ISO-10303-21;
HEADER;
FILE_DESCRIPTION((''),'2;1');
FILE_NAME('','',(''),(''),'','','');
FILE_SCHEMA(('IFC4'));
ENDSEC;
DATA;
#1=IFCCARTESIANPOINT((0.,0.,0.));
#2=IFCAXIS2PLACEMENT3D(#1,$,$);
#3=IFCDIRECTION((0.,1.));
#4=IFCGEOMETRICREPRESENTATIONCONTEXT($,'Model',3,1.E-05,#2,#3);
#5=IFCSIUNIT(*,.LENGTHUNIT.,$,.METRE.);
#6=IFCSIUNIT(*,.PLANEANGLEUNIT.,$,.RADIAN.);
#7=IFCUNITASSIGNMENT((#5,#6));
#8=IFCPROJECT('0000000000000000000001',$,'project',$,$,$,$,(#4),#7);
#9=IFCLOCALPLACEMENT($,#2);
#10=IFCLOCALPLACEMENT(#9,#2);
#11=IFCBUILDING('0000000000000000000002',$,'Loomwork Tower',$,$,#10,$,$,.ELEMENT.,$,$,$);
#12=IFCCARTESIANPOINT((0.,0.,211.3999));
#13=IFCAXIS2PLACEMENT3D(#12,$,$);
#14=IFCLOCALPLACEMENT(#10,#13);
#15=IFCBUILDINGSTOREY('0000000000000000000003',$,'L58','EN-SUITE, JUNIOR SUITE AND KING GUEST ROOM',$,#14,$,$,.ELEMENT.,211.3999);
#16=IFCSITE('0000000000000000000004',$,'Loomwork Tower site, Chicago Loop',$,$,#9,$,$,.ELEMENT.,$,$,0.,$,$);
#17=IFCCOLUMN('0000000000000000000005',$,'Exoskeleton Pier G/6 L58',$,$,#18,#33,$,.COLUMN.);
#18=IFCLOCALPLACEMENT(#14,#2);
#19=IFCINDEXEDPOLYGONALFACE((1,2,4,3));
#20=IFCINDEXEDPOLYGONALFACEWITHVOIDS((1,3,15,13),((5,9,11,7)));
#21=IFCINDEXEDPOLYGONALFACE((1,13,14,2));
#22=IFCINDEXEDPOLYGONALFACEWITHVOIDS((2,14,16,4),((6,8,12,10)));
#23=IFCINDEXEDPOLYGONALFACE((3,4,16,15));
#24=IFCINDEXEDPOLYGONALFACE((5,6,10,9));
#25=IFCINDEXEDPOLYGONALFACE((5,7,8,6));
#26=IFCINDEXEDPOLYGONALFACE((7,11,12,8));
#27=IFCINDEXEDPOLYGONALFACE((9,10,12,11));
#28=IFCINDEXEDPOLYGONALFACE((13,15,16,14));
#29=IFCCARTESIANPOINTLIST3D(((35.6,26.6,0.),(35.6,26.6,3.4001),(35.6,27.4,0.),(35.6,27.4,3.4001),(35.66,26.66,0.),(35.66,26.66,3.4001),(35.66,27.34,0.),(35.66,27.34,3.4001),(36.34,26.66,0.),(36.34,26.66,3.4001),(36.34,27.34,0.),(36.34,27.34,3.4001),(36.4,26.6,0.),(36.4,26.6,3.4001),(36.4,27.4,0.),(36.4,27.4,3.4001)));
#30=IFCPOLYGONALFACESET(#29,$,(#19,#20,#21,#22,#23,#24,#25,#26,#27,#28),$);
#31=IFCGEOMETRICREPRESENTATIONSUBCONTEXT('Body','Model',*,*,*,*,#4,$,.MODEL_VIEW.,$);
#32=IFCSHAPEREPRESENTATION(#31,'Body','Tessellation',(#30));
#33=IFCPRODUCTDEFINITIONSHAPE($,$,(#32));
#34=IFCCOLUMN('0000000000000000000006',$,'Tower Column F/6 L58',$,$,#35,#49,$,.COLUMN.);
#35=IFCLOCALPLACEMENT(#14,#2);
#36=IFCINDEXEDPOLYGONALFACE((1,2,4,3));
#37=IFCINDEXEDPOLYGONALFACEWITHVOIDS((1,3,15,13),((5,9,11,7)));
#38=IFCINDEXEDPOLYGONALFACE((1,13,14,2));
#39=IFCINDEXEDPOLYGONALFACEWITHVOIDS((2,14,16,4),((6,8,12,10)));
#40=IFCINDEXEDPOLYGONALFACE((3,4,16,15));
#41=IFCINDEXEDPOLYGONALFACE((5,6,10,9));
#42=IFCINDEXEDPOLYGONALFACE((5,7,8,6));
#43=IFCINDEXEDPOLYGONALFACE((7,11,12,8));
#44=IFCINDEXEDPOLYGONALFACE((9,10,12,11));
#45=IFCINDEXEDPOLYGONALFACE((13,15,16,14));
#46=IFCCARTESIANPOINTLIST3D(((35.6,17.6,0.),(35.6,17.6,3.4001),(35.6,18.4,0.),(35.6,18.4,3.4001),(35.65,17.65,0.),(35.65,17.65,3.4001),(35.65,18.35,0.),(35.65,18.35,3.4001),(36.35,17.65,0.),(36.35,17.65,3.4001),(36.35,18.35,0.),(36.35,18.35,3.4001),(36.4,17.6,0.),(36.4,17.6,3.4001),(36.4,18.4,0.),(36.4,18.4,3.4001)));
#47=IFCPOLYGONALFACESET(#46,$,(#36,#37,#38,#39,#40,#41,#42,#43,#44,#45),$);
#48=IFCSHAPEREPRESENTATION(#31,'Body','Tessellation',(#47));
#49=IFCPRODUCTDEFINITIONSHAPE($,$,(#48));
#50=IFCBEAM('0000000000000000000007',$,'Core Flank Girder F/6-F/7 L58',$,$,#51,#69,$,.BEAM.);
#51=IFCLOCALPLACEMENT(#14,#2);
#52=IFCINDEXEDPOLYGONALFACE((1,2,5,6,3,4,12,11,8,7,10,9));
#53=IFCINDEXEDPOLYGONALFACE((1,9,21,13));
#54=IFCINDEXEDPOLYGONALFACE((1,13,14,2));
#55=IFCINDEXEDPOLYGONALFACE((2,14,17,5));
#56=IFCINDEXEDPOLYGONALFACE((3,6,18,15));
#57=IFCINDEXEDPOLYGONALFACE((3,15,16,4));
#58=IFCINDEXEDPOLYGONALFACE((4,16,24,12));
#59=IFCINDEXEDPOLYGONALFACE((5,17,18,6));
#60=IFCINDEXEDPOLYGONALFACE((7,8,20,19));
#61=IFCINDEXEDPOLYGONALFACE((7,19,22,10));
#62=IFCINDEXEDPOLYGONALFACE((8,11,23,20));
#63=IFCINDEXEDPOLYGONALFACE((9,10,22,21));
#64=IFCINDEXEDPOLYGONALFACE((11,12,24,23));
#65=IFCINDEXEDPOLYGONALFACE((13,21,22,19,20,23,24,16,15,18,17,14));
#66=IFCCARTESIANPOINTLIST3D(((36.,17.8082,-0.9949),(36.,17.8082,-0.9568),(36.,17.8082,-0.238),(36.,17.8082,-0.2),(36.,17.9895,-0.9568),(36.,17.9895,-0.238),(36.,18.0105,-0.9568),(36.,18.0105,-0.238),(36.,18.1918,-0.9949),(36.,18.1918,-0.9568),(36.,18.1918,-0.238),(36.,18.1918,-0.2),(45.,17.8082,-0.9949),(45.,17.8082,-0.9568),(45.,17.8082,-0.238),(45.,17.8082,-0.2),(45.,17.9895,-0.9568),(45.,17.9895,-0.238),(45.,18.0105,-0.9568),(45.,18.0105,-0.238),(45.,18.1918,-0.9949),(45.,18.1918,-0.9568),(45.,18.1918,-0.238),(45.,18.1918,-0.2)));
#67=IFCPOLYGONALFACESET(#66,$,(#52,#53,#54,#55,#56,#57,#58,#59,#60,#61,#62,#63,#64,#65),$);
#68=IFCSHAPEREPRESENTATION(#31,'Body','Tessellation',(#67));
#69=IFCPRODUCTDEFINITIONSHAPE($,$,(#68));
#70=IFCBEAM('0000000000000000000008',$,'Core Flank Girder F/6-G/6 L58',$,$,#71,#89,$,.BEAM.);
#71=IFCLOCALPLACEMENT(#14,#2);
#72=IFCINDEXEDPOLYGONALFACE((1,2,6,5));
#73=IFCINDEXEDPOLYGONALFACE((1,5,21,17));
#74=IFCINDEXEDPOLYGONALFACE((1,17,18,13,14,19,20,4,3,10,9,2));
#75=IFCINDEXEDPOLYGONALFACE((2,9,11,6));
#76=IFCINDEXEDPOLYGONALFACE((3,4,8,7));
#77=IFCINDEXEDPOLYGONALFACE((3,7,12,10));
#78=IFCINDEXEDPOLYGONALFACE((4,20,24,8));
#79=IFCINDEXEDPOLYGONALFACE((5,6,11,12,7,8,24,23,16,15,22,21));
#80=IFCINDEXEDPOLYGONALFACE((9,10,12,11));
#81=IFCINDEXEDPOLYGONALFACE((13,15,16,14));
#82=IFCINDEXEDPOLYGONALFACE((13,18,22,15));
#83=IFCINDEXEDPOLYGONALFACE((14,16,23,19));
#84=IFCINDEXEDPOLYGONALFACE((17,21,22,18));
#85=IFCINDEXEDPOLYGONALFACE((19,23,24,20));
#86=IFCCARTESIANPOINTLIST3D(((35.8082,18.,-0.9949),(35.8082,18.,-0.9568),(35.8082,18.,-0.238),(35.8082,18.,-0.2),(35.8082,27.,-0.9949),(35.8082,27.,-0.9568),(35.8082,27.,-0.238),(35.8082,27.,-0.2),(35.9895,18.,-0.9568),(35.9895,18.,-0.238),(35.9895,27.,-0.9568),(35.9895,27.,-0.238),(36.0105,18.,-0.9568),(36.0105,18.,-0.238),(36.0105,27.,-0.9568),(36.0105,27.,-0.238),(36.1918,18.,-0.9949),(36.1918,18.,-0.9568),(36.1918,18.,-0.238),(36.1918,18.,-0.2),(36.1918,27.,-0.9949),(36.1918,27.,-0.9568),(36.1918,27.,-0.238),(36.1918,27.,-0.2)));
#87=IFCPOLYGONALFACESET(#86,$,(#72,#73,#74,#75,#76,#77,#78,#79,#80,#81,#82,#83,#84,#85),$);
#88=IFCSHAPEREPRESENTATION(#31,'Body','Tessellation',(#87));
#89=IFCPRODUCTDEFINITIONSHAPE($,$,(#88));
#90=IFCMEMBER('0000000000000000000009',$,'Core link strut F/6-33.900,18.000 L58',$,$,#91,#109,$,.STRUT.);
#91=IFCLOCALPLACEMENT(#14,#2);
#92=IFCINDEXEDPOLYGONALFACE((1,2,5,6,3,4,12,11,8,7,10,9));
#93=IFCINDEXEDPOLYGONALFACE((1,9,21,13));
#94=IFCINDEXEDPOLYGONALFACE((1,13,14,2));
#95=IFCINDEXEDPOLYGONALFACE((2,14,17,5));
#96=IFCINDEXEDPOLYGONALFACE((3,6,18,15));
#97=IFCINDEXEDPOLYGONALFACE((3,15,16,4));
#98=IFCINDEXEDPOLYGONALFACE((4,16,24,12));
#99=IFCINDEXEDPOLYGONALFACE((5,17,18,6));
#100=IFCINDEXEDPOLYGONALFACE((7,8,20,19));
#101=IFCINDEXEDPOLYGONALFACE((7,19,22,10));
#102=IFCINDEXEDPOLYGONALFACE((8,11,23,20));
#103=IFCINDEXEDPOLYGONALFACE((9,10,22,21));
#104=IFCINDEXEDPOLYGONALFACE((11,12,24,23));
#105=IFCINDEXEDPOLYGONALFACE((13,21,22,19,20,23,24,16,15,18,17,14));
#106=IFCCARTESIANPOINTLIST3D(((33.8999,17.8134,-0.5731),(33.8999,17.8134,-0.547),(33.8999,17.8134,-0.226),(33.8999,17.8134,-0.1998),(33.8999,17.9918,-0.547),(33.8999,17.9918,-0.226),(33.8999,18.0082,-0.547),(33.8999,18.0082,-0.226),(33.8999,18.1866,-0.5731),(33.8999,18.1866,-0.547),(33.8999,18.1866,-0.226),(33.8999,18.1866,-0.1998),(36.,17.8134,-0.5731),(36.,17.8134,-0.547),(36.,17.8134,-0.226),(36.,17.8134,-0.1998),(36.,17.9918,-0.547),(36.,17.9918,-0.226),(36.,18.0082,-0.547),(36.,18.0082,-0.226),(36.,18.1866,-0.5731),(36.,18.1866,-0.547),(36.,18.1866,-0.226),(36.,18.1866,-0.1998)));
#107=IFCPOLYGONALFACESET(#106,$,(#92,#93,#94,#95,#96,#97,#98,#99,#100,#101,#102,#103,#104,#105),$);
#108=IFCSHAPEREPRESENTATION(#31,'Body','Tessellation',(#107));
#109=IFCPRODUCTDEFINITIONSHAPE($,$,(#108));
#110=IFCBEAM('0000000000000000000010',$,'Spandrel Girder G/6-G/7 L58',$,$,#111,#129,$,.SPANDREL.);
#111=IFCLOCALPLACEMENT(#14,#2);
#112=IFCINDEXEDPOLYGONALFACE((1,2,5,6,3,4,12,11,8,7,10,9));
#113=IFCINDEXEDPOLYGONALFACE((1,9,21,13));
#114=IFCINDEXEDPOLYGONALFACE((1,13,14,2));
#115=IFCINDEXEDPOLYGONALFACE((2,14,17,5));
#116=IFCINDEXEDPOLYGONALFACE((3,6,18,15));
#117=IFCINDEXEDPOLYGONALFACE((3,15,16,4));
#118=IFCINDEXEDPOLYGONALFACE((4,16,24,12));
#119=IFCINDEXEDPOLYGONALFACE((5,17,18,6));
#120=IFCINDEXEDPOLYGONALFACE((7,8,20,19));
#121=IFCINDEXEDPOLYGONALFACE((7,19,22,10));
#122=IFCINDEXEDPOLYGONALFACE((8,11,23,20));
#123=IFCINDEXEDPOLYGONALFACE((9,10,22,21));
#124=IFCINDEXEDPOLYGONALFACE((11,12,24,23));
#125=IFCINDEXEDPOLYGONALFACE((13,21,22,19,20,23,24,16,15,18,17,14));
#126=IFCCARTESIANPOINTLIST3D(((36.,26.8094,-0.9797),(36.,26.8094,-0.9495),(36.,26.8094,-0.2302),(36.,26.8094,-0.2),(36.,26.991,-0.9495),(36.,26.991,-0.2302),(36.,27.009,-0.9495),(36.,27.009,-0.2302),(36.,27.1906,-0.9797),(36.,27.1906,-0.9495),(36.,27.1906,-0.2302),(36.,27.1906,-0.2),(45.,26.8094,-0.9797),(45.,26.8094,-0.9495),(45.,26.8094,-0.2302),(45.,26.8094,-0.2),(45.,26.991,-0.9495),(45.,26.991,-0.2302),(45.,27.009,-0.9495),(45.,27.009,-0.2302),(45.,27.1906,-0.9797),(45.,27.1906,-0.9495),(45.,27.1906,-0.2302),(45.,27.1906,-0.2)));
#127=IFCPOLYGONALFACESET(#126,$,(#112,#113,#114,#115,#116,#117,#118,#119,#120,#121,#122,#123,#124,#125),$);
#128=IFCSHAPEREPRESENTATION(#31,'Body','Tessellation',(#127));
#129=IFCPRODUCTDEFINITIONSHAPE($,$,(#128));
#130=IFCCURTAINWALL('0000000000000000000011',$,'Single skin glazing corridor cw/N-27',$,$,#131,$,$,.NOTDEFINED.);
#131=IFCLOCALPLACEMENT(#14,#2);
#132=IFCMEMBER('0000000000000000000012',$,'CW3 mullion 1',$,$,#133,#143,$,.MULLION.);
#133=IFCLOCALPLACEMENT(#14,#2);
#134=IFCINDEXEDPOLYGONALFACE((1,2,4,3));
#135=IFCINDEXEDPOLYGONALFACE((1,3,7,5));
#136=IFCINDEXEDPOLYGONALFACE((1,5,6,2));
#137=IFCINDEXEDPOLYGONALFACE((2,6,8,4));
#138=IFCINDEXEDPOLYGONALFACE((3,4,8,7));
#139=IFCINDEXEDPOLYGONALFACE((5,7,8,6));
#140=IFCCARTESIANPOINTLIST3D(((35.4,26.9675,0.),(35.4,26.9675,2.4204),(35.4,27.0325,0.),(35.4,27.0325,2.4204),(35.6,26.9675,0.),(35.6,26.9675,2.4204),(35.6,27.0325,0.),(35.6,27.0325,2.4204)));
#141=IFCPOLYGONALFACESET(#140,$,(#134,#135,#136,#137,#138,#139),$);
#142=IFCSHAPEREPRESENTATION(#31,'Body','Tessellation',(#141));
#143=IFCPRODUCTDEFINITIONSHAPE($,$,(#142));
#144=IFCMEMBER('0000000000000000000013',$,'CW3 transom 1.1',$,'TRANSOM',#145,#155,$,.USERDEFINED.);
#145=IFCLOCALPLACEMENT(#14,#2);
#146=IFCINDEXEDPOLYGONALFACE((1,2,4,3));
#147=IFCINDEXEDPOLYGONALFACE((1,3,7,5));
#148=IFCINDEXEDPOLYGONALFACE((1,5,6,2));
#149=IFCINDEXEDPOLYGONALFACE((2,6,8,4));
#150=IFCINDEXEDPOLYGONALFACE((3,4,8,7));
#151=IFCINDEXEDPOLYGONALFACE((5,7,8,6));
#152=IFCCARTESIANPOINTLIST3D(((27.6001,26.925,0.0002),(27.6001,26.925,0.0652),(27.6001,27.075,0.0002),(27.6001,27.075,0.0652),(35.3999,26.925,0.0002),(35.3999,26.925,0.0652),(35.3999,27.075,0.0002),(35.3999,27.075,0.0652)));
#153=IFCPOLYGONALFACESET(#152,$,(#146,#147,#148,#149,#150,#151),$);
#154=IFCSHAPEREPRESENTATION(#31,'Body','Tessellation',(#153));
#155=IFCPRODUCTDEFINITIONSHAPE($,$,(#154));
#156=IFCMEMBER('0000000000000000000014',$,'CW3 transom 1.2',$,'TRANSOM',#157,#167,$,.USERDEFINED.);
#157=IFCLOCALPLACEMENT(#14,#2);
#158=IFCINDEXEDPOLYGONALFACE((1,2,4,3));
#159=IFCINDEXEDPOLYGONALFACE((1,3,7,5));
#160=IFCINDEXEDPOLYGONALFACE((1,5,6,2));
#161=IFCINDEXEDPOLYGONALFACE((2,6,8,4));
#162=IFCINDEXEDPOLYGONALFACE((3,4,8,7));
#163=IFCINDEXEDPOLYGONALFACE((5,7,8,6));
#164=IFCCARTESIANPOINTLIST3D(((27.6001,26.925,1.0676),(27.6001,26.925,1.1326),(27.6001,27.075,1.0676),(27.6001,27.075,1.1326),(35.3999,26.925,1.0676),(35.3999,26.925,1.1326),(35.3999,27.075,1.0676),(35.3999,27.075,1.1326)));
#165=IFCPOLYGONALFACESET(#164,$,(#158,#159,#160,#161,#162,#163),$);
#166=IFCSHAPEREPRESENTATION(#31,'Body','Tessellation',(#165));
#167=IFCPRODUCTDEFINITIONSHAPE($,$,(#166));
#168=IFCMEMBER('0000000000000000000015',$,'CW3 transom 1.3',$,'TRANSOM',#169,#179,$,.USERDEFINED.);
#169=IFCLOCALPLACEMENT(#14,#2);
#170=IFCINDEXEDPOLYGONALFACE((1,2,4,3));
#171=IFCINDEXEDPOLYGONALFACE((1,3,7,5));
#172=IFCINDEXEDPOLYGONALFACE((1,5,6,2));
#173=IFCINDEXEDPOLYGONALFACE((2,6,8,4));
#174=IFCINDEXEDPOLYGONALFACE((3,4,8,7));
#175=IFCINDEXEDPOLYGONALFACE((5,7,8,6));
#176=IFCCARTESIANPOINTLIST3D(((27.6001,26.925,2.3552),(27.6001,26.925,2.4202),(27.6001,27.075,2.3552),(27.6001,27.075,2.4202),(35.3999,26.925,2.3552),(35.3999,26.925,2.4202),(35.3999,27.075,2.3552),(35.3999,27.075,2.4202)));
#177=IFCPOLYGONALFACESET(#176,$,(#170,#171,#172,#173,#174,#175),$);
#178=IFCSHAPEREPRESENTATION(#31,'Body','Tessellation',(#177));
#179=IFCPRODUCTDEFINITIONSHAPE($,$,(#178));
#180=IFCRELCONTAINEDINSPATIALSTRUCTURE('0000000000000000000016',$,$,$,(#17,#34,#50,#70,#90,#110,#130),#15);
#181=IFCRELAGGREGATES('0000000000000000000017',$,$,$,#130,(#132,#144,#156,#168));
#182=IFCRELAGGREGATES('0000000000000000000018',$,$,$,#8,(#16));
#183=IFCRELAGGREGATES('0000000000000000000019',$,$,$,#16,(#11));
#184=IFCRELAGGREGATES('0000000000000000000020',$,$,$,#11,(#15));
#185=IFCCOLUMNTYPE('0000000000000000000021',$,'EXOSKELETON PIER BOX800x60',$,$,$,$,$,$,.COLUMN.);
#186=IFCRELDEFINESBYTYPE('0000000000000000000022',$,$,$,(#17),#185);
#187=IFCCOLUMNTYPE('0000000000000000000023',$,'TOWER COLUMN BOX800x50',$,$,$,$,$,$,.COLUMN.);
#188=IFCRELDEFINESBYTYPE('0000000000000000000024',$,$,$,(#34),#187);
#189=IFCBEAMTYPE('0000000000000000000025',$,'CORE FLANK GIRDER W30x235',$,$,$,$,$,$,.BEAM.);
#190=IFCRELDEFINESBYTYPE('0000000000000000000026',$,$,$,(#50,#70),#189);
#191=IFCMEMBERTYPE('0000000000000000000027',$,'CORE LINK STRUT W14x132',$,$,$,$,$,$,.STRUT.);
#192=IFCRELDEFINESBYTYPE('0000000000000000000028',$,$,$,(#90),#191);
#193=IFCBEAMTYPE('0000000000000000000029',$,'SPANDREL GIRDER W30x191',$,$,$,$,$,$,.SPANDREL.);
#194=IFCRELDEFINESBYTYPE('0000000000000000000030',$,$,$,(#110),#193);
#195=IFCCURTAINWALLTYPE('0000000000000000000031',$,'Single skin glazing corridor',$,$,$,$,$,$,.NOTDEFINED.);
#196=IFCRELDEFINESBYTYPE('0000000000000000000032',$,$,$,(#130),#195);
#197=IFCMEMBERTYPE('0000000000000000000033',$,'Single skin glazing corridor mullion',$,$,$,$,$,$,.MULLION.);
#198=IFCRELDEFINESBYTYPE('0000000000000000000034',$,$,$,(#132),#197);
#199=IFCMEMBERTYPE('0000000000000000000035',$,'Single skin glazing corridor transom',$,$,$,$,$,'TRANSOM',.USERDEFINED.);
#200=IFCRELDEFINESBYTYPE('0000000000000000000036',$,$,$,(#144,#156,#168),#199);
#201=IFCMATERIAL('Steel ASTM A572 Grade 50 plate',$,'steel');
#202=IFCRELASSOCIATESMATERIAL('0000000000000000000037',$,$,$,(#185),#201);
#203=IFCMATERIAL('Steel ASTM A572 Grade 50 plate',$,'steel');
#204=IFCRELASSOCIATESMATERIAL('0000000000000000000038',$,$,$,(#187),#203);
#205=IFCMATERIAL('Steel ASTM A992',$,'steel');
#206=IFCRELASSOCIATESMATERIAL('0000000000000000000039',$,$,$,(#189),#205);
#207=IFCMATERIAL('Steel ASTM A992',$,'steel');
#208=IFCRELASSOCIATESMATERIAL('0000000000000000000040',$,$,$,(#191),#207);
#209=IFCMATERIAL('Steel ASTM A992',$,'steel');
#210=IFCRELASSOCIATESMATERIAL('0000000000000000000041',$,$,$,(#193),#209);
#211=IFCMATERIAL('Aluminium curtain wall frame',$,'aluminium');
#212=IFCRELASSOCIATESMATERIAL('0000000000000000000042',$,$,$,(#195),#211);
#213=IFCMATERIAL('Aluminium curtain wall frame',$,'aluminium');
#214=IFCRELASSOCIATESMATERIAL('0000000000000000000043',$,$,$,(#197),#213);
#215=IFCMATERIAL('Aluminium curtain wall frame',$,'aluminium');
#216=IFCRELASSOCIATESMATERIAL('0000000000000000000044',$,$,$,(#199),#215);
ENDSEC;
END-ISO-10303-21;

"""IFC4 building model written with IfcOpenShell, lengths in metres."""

from ifc_helpers import new_model, si_unit, direction, frame, origin, origin_2d, place, context, subcontext, project, spatial, rectangle, hollow_rectangle, i_section, extrude, material, material_profile, profile_set, type_object, element, aggregate, save


model = new_model("IFC4")

# Units and contexts
model_context = context("Model", 3, precision=1e-05, world=origin(), true_north=direction((0.0, 1.0)))
body_context = subcontext(model_context, "Body", "Model", "MODEL_VIEW")
ifc_project = project(units=[si_unit("LENGTHUNIT", "METRE"), si_unit("PLANEANGLEUNIT", "RADIAN")], contexts=[model_context])

# Site, building, storey
site_placement = place(None, origin())
site = spatial("IfcSite", under=ifc_project, at=site_placement, Name="Loomwork Tower site, Chicago Loop", CompositionType="ELEMENT", RefElevation=0.0)
building_placement = place(site_placement, origin())
building = spatial("IfcBuilding", under=site, at=building_placement, Name="Loomwork Tower", CompositionType="ELEMENT")
storey_placement = place(building_placement, frame((0.0, 0.0, 211.3999)))
storey = spatial("IfcBuildingStorey", under=building, at=storey_placement, Name="L58", Description="EN-SUITE, JUNIOR SUITE AND KING GUEST ROOM", CompositionType="ELEMENT", Elevation=211.3999)

# Columns
ifc_material_1 = material(Name="Steel ASTM A572 Grade 50 plate", Category="steel")
ifc_material_profile_1 = material_profile(ifc_material_1, hollow_rectangle(XDim=0.8, YDim=0.8, WallThickness=0.0601, at=origin_2d()), Name="BOX800x60")
ifc_profile_set_1 = profile_set([ifc_material_profile_1], Name="Steel ASTM A572 Grade 50 plate")
column_type_1 = type_object("IfcColumnType", Name="EXOSKELETON PIER BOX800x60", PredefinedType="COLUMN", material=ifc_profile_set_1)
column_1_placement = place(storey_placement, frame((36.0, 27.0, 0.0), z_axis=(0.0, 0.0, 1.0), x_axis=(1.0, 0.0, 0.0)))
element("IfcColumn", 1, at=column_1_placement, inside=storey, type_object=column_type_1, Name="Exoskeleton Pier G/6 L58", PredefinedType="COLUMN", context=body_context, shape_type="SweptSolid", body=[
    extrude(hollow_rectangle(XDim=0.8, YDim=0.8, WallThickness=0.0601, at=origin_2d()), origin(), (0.0, 0.0, 1.0), 3.4001),
])
ifc_material_2 = material(Name="Steel ASTM A572 Grade 50 plate", Category="steel")
ifc_material_profile_2 = material_profile(ifc_material_2, hollow_rectangle(XDim=0.8, YDim=0.8, WallThickness=0.05, at=origin_2d()), Name="BOX800x50")
ifc_profile_set_2 = profile_set([ifc_material_profile_2], Name="Steel ASTM A572 Grade 50 plate")
column_type_2 = type_object("IfcColumnType", Name="TOWER COLUMN BOX800x50", PredefinedType="COLUMN", material=ifc_profile_set_2)
column_2_placement = place(storey_placement, frame((36.0, 18.0, 0.0), z_axis=(0.0, 0.0, 1.0), x_axis=(0.0, 1.0, 0.0)))
element("IfcColumn", 2, at=column_2_placement, inside=storey, type_object=column_type_2, Name="Tower Column F/6 L58", PredefinedType="COLUMN", context=body_context, shape_type="SweptSolid", body=[
    extrude(hollow_rectangle(XDim=0.8, YDim=0.8, WallThickness=0.05, at=origin_2d()), origin(), (0.0, 0.0, 1.0), 3.4001),
])

# Beams
ifc_material_3 = material(Name="Steel ASTM A992", Category="steel")
ifc_material_profile_3 = material_profile(ifc_material_3, i_section(OverallWidth=0.3835, OverallDepth=0.7949, WebThickness=0.021, FlangeThickness=0.0381, at=origin_2d()), Name="W30x235")
ifc_profile_set_3 = profile_set([ifc_material_profile_3], Name="Steel ASTM A992")
beam_type_1 = type_object("IfcBeamType", Name="CORE FLANK GIRDER W30x235", PredefinedType="BEAM", material=ifc_profile_set_3)
for number, where, z_axis, x_axis, name in (
    (3, (36.0, 18.0, -0.5974), (1.0, 0.0, 0.0), (0.0, 1.0, 0.0), "Core Flank Girder F/6-F/7 L58"),
    (4, (36.0, 18.0, -0.5974), (0.0, 1.0, 0.0), (-1.0, 0.0, 0.0), "Core Flank Girder F/6-G/6 L58"),
):
    element("IfcBeam", number, at=place(storey_placement, frame(where, z_axis=z_axis, x_axis=x_axis)), inside=storey, type_object=beam_type_1, Name=name, PredefinedType="BEAM", context=body_context, shape_type="SweptSolid", body=[
        extrude(i_section(OverallWidth=0.3835, OverallDepth=0.7949, WebThickness=0.021, FlangeThickness=0.0381, at=origin_2d()), origin(), (0.0, 0.0, 1.0), 9.0),
    ])

# Member
ifc_material_4 = material(Name="Steel ASTM A992", Category="steel")
ifc_material_profile_4 = material_profile(ifc_material_4, i_section(OverallWidth=0.3733, OverallDepth=0.3733, WebThickness=0.0164, FlangeThickness=0.0261, at=origin_2d()), Name="W14x132")
ifc_profile_set_4 = profile_set([ifc_material_profile_4], Name="Steel ASTM A992")
member_type_1 = type_object("IfcMemberType", Name="CORE LINK STRUT W14x132", PredefinedType="STRUT", material=ifc_profile_set_4)
member_1_placement = place(storey_placement, frame((36.0, 18.0, -0.3865), z_axis=(-1.0, 0.0, 0.0), x_axis=(0.0, -1.0, 0.0)))
element("IfcMember", 5, at=member_1_placement, inside=storey, type_object=member_type_1, Name="Core link strut F/6-33.900,18.000 L58", PredefinedType="STRUT", context=body_context, shape_type="SweptSolid", body=[
    extrude(i_section(OverallWidth=0.3733, OverallDepth=0.3733, WebThickness=0.0164, FlangeThickness=0.0261, at=origin_2d()), origin(), (0.0, 0.0, 1.0), 2.1001),
])

# Beam
ifc_material_5 = material(Name="Steel ASTM A992", Category="steel")
ifc_material_profile_5 = material_profile(ifc_material_5, i_section(OverallWidth=0.3811, OverallDepth=0.7798, WebThickness=0.0181, FlangeThickness=0.0303, at=origin_2d()), Name="W30x191")
ifc_profile_set_5 = profile_set([ifc_material_profile_5], Name="Steel ASTM A992")
beam_type_2 = type_object("IfcBeamType", Name="SPANDREL GIRDER W30x191", PredefinedType="SPANDREL", material=ifc_profile_set_5)
beam_placement = place(storey_placement, frame((36.0, 27.0, -0.5898), z_axis=(1.0, 0.0, 0.0), x_axis=(0.0, 1.0, 0.0)))
element("IfcBeam", 6, at=beam_placement, inside=storey, type_object=beam_type_2, Name="Spandrel Girder G/6-G/7 L58", PredefinedType="SPANDREL", context=body_context, shape_type="SweptSolid", body=[
    extrude(i_section(OverallWidth=0.3811, OverallDepth=0.7798, WebThickness=0.0181, FlangeThickness=0.0303, at=origin_2d()), origin(), (0.0, 0.0, 1.0), 9.0),
])

# Curtain wall, members
ifc_material_6 = material(Name="Aluminium curtain wall frame", Category="aluminium")
curtain_wall_type = type_object("IfcCurtainWallType", Name="Single skin glazing corridor", PredefinedType="NOTDEFINED", material=ifc_material_6)
curtain_wall_placement = place(storey_placement, origin())
curtain_wall = element("IfcCurtainWall", 7, at=curtain_wall_placement, inside=storey, type_object=curtain_wall_type, Name="Single skin glazing corridor cw/N-27", PredefinedType="NOTDEFINED")
ifc_material_7 = material(Name="Aluminium curtain wall frame", Category="aluminium")
ifc_material_profile_6 = material_profile(ifc_material_7, rectangle(XDim=0.0649, YDim=0.2, at=origin_2d()), Name="AL 65x200")
ifc_profile_set_6 = profile_set([ifc_material_profile_6], Name="Aluminium curtain wall frame")
member_type_2 = type_object("IfcMemberType", Name="Single skin glazing corridor mullion", PredefinedType="MULLION", material=ifc_profile_set_6)
member_2_placement = place(storey_placement, frame((35.5, 27.0, 0.0), z_axis=(0.0, 0.0, 1.0), x_axis=(0.0, -1.0, 0.0)))
member_2 = element("IfcMember", 8, at=member_2_placement, type_object=member_type_2, Name="CW3 mullion 1", PredefinedType="MULLION", context=body_context, shape_type="SweptSolid", body=[
    extrude(rectangle(XDim=0.0649, YDim=0.2, at=origin_2d()), origin(), (0.0, 0.0, 1.0), 2.4204),
])
ifc_material_8 = material(Name="Aluminium curtain wall frame", Category="aluminium")
ifc_material_profile_7 = material_profile(ifc_material_8, rectangle(XDim=0.1499, YDim=0.0649, at=origin_2d()), Name="AL 65x150")
ifc_profile_set_7 = profile_set([ifc_material_profile_7], Name="Aluminium curtain wall frame")
member_type_3 = type_object("IfcMemberType", Name="Single skin glazing corridor transom", ElementType="TRANSOM", PredefinedType="USERDEFINED", material=ifc_profile_set_7)
member_3_placement = place(storey_placement, frame((35.3999, 27.0, 0.0327), z_axis=(-1.0, 0.0, 0.0), x_axis=(0.0, -1.0, 0.0)))
member_3 = element("IfcMember", 9, at=member_3_placement, type_object=member_type_3, Name="CW3 transom 1.1", ObjectType="TRANSOM", PredefinedType="USERDEFINED", context=body_context, shape_type="SweptSolid", body=[
    extrude(rectangle(XDim=0.1499, YDim=0.0649, at=origin_2d()), origin(), (0.0, 0.0, 1.0), 7.7998),
])
member_4_placement = place(storey_placement, frame((35.3999, 27.0, 1.1001), z_axis=(-1.0, 0.0, 0.0), x_axis=(0.0, -1.0, 0.0)))
member_4 = element("IfcMember", 10, at=member_4_placement, type_object=member_type_3, Name="CW3 transom 1.2", ObjectType="TRANSOM", PredefinedType="USERDEFINED", context=body_context, shape_type="SweptSolid", body=[
    extrude(rectangle(XDim=0.1499, YDim=0.0649, at=origin_2d()), origin(), (0.0, 0.0, 1.0), 7.7998),
])
member_5_placement = place(storey_placement, frame((35.3999, 27.0, 2.3877), z_axis=(-1.0, 0.0, 0.0), x_axis=(0.0, -1.0, 0.0)))
member_5 = element("IfcMember", 11, at=member_5_placement, type_object=member_type_3, Name="CW3 transom 1.3", ObjectType="TRANSOM", PredefinedType="USERDEFINED", context=body_context, shape_type="SweptSolid", body=[
    extrude(rectangle(XDim=0.1499, YDim=0.0649, at=origin_2d()), origin(), (0.0, 0.0, 1.0), 7.7998),
])
aggregate(curtain_wall, [member_2, member_3, member_4, member_5])

save(model, "model.ifc")
